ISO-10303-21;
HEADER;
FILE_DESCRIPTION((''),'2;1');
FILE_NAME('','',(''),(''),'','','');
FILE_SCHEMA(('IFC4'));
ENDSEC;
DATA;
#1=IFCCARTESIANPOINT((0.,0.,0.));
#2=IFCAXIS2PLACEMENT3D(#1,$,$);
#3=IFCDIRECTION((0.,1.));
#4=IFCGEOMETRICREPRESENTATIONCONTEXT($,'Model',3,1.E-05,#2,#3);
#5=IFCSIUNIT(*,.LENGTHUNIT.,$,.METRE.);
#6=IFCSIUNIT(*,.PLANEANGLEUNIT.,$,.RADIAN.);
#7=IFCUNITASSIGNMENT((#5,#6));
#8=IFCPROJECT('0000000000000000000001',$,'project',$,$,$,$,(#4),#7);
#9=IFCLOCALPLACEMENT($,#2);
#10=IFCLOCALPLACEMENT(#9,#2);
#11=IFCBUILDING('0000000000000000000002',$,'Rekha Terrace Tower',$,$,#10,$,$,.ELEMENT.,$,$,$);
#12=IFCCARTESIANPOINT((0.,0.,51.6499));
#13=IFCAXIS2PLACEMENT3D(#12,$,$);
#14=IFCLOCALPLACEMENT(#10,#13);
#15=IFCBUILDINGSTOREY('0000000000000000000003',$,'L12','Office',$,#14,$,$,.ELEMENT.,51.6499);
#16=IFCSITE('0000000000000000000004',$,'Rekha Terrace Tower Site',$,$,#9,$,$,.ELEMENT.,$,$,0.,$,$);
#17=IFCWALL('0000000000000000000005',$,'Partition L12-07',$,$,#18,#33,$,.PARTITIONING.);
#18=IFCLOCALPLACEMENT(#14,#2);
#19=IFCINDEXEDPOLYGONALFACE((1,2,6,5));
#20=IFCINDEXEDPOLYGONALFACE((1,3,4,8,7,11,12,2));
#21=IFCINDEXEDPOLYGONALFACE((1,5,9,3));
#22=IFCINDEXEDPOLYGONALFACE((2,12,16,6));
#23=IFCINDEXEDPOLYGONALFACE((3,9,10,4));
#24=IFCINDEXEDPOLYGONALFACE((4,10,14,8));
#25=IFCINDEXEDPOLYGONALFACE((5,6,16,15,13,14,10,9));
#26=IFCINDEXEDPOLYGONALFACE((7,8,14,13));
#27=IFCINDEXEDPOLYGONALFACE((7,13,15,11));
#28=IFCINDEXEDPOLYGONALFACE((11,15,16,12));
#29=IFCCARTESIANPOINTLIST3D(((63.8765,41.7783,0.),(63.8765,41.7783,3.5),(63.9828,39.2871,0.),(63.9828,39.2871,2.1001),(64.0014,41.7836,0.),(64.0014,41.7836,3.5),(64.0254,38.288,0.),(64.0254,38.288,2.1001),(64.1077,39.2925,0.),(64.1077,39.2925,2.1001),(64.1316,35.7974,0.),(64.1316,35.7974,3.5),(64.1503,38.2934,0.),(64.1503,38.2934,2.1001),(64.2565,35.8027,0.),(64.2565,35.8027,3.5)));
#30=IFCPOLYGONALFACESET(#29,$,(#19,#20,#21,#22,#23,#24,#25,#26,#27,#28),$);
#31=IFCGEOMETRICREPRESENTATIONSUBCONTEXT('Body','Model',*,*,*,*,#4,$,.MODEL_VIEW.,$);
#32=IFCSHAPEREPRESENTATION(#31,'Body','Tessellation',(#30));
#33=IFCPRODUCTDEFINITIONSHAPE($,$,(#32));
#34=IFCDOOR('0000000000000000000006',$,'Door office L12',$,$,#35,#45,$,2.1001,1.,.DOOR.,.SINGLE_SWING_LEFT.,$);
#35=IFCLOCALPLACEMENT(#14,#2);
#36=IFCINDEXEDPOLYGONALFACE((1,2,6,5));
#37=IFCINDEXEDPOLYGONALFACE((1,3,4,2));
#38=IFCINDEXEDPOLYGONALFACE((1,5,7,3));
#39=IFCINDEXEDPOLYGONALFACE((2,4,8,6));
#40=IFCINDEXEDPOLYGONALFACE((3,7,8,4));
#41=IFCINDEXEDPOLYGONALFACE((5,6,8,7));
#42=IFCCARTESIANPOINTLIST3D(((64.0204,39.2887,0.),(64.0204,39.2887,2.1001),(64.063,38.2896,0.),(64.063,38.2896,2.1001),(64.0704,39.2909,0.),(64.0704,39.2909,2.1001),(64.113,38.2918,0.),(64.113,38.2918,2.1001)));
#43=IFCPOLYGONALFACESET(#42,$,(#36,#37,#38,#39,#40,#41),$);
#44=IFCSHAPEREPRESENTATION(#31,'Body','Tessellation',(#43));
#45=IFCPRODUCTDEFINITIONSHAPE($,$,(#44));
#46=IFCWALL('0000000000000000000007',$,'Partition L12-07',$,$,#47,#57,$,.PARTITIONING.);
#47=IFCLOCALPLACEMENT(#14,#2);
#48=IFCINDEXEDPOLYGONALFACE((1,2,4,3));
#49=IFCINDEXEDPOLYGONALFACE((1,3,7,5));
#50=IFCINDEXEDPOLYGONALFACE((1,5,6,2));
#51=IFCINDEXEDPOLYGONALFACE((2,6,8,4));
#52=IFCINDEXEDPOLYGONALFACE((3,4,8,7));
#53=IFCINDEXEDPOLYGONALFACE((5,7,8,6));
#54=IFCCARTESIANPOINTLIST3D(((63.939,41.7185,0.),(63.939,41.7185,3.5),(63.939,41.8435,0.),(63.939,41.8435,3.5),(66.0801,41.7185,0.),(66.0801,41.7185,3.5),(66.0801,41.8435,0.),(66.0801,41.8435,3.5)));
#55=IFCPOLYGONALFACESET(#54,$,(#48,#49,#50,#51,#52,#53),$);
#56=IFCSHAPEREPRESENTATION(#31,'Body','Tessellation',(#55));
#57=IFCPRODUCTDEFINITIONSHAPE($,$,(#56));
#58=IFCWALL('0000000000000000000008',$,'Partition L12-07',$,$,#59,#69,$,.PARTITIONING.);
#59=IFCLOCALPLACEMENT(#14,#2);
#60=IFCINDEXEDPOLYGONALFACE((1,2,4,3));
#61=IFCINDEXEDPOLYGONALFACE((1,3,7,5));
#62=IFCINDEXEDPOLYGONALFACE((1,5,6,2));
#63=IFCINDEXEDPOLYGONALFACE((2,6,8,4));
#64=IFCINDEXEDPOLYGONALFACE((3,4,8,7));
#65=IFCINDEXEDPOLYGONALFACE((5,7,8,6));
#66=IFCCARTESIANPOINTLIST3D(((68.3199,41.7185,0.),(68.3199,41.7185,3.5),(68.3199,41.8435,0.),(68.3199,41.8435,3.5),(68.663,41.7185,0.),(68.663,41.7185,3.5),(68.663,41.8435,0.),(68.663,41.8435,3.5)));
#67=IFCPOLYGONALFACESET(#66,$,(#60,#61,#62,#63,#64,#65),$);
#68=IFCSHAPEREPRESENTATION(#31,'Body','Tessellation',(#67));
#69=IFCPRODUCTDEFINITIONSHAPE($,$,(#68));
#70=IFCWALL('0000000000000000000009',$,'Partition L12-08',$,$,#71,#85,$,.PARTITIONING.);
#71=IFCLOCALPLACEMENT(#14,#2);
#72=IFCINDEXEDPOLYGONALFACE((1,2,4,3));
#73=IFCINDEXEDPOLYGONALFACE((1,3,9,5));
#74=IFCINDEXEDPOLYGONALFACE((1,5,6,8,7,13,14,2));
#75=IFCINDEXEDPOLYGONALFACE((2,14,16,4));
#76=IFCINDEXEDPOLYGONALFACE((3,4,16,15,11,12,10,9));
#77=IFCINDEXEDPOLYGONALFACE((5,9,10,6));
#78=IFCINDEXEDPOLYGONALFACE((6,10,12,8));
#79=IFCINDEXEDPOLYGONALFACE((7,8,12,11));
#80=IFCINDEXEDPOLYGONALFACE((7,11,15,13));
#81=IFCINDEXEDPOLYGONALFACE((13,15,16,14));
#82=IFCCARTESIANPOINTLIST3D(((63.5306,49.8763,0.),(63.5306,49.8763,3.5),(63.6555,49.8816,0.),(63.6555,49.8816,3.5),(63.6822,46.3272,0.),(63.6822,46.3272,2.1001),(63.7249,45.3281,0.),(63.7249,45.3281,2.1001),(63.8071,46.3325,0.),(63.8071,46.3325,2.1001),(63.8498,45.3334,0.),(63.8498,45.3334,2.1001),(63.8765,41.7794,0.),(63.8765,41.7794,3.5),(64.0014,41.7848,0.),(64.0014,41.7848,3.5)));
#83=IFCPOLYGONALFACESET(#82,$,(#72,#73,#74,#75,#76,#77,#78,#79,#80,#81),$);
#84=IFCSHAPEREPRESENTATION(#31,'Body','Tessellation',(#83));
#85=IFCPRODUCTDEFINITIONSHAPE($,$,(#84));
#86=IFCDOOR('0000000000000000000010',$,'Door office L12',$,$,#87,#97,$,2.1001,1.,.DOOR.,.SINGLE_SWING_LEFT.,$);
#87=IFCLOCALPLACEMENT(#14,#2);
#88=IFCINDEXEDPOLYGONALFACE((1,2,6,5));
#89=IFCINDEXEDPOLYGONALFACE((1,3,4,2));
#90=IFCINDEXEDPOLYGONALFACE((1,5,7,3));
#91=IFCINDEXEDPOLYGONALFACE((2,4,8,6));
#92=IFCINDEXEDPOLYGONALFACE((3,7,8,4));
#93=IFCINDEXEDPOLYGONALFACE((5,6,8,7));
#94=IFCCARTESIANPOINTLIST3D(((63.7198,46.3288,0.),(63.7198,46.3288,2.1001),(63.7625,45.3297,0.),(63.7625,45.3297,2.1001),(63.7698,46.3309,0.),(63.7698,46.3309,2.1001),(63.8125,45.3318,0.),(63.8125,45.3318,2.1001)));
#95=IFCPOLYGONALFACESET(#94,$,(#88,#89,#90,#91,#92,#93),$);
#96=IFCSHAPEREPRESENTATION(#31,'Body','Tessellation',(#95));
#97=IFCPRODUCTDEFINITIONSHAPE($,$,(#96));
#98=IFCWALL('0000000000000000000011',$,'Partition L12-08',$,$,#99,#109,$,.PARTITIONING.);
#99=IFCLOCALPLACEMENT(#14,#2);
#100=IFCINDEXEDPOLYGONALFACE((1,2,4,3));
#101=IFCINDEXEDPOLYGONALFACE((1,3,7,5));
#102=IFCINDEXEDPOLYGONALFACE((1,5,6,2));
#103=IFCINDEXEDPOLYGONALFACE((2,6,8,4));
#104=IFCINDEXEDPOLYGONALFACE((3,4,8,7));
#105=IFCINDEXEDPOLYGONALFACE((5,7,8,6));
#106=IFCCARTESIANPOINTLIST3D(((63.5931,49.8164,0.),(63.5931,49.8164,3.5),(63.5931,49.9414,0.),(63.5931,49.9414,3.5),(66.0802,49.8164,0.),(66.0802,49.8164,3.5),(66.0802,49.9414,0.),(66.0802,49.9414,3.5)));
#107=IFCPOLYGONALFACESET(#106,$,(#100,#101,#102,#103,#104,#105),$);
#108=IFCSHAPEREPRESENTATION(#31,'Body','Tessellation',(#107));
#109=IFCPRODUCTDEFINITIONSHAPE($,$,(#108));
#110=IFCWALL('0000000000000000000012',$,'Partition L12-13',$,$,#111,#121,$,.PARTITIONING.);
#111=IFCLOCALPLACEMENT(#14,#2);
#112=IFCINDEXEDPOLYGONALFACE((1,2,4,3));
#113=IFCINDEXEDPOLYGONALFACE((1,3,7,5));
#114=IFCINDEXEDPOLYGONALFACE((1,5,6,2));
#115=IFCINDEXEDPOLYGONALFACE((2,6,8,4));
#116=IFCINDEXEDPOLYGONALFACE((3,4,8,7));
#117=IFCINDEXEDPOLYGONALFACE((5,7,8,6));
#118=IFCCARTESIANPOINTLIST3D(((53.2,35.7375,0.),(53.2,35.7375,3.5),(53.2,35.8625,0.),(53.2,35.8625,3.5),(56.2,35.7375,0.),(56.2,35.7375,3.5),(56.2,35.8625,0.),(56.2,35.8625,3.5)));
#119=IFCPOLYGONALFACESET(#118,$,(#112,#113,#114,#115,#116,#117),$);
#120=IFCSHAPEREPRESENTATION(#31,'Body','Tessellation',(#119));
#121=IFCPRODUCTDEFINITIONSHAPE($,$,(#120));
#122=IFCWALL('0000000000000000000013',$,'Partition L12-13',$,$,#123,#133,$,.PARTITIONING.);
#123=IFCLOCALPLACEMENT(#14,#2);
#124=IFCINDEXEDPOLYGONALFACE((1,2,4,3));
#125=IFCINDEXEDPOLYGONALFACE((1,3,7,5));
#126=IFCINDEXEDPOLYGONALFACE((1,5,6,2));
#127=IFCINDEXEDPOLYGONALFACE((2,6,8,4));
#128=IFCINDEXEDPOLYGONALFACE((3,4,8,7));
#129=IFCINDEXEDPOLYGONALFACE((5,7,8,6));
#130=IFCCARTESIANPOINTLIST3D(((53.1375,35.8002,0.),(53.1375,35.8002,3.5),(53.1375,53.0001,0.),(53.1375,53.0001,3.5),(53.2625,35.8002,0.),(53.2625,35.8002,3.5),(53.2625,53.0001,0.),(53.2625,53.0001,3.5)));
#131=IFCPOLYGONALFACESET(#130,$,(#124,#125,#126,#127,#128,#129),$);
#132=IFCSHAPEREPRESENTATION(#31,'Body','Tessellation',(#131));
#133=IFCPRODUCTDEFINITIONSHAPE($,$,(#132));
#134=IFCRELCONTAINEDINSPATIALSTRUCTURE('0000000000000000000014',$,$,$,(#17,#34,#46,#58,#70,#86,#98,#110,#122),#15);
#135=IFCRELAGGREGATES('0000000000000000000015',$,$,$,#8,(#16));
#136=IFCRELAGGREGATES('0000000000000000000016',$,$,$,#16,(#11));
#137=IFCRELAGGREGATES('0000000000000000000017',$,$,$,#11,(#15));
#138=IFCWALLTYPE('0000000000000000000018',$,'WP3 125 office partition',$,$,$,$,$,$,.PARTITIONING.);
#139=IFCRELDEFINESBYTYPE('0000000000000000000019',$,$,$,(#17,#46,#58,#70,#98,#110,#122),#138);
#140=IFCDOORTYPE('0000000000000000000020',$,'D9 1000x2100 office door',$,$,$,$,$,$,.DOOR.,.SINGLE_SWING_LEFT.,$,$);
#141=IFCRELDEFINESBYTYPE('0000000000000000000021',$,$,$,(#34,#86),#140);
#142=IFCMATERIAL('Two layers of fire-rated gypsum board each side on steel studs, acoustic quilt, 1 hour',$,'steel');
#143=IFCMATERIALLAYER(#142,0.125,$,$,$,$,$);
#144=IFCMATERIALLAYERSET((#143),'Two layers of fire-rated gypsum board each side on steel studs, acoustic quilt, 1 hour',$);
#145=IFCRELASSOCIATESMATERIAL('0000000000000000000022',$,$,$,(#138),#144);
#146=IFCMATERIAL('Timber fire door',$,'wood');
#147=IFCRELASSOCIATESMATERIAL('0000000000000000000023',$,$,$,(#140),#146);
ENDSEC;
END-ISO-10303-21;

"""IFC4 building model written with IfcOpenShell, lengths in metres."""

from ifc_helpers import new_model, si_unit, direction, frame, frame_2d, origin, place, context, subcontext, project, spatial, rectangle, extrude, material, layer, layer_set, type_object, element, fill, save


model = new_model("IFC4")

# Units and contexts
model_context = context("Model", 3, precision=1e-05, world=origin(), true_north=direction((0.0, 1.0)))
body_context = subcontext(model_context, "Body", "Model", "MODEL_VIEW")
ifc_project = project(units=[si_unit("LENGTHUNIT", "METRE"), si_unit("PLANEANGLEUNIT", "RADIAN")], contexts=[model_context])

# Site, building, storey
site_placement = place(None, origin())
site = spatial("IfcSite", under=ifc_project, at=site_placement, Name="Rekha Terrace Tower Site", CompositionType="ELEMENT", RefElevation=0.0)
building_placement = place(site_placement, origin())
building = spatial("IfcBuilding", under=site, at=building_placement, Name="Rekha Terrace Tower", CompositionType="ELEMENT")
storey_placement = place(building_placement, frame((0.0, 0.0, 51.6499)))
storey = spatial("IfcBuildingStorey", under=building, at=storey_placement, Name="L12", Description="Office", CompositionType="ELEMENT", Elevation=51.6499)

# Wall, opening, door
ifc_material_1 = material(Name="Two layers of fire-rated gypsum board each side on steel studs, acoustic quilt, 1 hour", Category="steel")
ifc_layer_1 = layer(ifc_material_1, 0.125)
ifc_layer_set_1 = layer_set([ifc_layer_1], Name="Two layers of fire-rated gypsum board each side on steel studs, acoustic quilt, 1 hour")
wall_type_1 = type_object("IfcWallType", Name="WP3 125 office partition", PredefinedType="PARTITIONING", material=ifc_layer_set_1)
wall_1_placement = place(storey_placement, frame((64.1941, 35.8, 0.0), z_axis=(0.0, 0.0, 1.0), x_axis=(-0.042618, 0.999091, 0.0)))
wall_1 = element("IfcWall", 1, at=wall_1_placement, inside=storey, type_object=wall_type_1, Name="Partition L12-07", PredefinedType="PARTITIONING", context=body_context, shape_type="SweptSolid", body=[
    extrude(rectangle(XDim=5.9863, YDim=0.125, at=frame_2d((2.9932, 0.0))), origin(), (0.0, 0.0, 1.0), 3.5),
])
opening_1_placement = place(wall_1_placement, frame((2.4929, 0.0, 0.0)))
opening_1 = element("IfcOpeningElement", 2, at=opening_1_placement, cuts=wall_1, PredefinedType="OPENING", context=body_context, shape_type="SweptSolid", body=[
    extrude(rectangle(XDim=1.0, YDim=2.1001, at=frame_2d((0.5, 1.05))), frame((0.0, 0.0725, 0.0), z_axis=(0.0, -1.0, 0.0), x_axis=(1.0, 0.0, 0.0)), (0.0, 0.0, 1.0), 0.145),
])
ifc_material_2 = material(Name="Timber fire door", Category="wood")
door_type = type_object("IfcDoorType", Name="D9 1000x2100 office door", OperationType="SINGLE_SWING_LEFT", PredefinedType="DOOR", material=ifc_material_2)
door_1_placement = place(opening_1_placement, origin())
door_1 = element("IfcDoor", 3, at=door_1_placement, inside=storey, type_object=door_type, Name="Door office L12", OperationType="SINGLE_SWING_LEFT", OverallHeight=2.1001, OverallWidth=1.0, PredefinedType="DOOR", context=body_context, shape_type="SweptSolid", body=[
    extrude(rectangle(XDim=1.0, YDim=2.1001, at=frame_2d((0.5, 1.05))), frame((0.0, 0.0249, 0.0), z_axis=(0.0, -1.0, 0.0), x_axis=(1.0, 0.0, 0.0)), (0.0, 0.0, 1.0), 0.05),
])
fill(opening_1, door_1)

# Walls
wall_2_placement = place(storey_placement, frame((63.939, 41.781, 0.0), z_axis=(0.0, 0.0, 1.0), x_axis=(1.0, 0.0, 0.0)))
element("IfcWall", 4, at=wall_2_placement, inside=storey, type_object=wall_type_1, Name="Partition L12-07", PredefinedType="PARTITIONING", context=body_context, shape_type="SweptSolid", body=[
    extrude(rectangle(XDim=2.1411, YDim=0.125, at=frame_2d((1.0706, 0.0))), origin(), (0.0, 0.0, 1.0), 3.5),
])
wall_3_placement = place(storey_placement, frame((68.3201, 41.781, 0.0), z_axis=(0.0, 0.0, 1.0), x_axis=(1.0, 0.0, 0.0)))
element("IfcWall", 5, at=wall_3_placement, inside=storey, type_object=wall_type_1, Name="Partition L12-07", PredefinedType="PARTITIONING", context=body_context, shape_type="SweptSolid", body=[
    extrude(rectangle(XDim=0.343, YDim=0.125, at=frame_2d((0.1714, 0.0))), origin(), (0.0, 0.0, 1.0), 3.5),
])

# Wall, opening, door
wall_4_placement = place(storey_placement, frame((63.939, 41.782, 0.0), z_axis=(0.0, 0.0, 1.0), x_axis=(-0.042687, 0.999089, 0.0)))
wall_4 = element("IfcWall", 6, at=wall_4_placement, inside=storey, type_object=wall_type_1, Name="Partition L12-08", PredefinedType="PARTITIONING", context=body_context, shape_type="SweptSolid", body=[
    extrude(rectangle(XDim=8.1042, YDim=0.125, at=frame_2d((4.0522, 0.0))), origin(), (0.0, 0.0, 1.0), 3.5),
])
opening_2_placement = place(wall_4_placement, frame((3.552, 0.0, 0.0)))
opening_2 = element("IfcOpeningElement", 7, at=opening_2_placement, cuts=wall_4, PredefinedType="OPENING", context=body_context, shape_type="SweptSolid", body=[
    extrude(rectangle(XDim=1.0, YDim=2.1001, at=frame_2d((0.5, 1.05))), frame((0.0, 0.0725, 0.0), z_axis=(0.0, -1.0, 0.0), x_axis=(1.0, 0.0, 0.0)), (0.0, 0.0, 1.0), 0.145),
])
door_2_placement = place(opening_2_placement, origin())
door_2 = element("IfcDoor", 8, at=door_2_placement, inside=storey, type_object=door_type, Name="Door office L12", OperationType="SINGLE_SWING_LEFT", OverallHeight=2.1001, OverallWidth=1.0, PredefinedType="DOOR", context=body_context, shape_type="SweptSolid", body=[
    extrude(rectangle(XDim=1.0, YDim=2.1001, at=frame_2d((0.5, 1.05))), frame((0.0, 0.0249, 0.0), z_axis=(0.0, -1.0, 0.0), x_axis=(1.0, 0.0, 0.0)), (0.0, 0.0, 1.0), 0.05),
])
fill(opening_2, door_2)

# Walls
wall_5_placement = place(storey_placement, frame((63.593, 49.8789, 0.0), z_axis=(0.0, 0.0, 1.0), x_axis=(1.0, 0.0, 0.0)))
element("IfcWall", 9, at=wall_5_placement, inside=storey, type_object=wall_type_1, Name="Partition L12-08", PredefinedType="PARTITIONING", context=body_context, shape_type="SweptSolid", body=[
    extrude(rectangle(XDim=2.4871, YDim=0.125, at=frame_2d((1.2437, 0.0))), origin(), (0.0, 0.0, 1.0), 3.5),
])
wall_6_placement = place(storey_placement, frame((56.2, 35.8, 0.0), z_axis=(0.0, 0.0, 1.0), x_axis=(-1.0, 0.0, 0.0)))
element("IfcWall", 10, at=wall_6_placement, inside=storey, type_object=wall_type_1, Name="Partition L12-13", PredefinedType="PARTITIONING", context=body_context, shape_type="SweptSolid", body=[
    extrude(rectangle(XDim=3.0, YDim=0.125, at=frame_2d((1.5, 0.0))), origin(), (0.0, 0.0, 1.0), 3.5),
])
wall_7_placement = place(storey_placement, frame((53.2, 35.8, 0.0), z_axis=(0.0, 0.0, 1.0), x_axis=(0.0, 1.0, 0.0)))
element("IfcWall", 11, at=wall_7_placement, inside=storey, type_object=wall_type_1, Name="Partition L12-13", PredefinedType="PARTITIONING", context=body_context, shape_type="SweptSolid", body=[
    extrude(rectangle(XDim=17.2, YDim=0.125, at=frame_2d((8.6001, 0.0))), origin(), (0.0, 0.0, 1.0), 3.5),
])

save(model, "model.ifc")
